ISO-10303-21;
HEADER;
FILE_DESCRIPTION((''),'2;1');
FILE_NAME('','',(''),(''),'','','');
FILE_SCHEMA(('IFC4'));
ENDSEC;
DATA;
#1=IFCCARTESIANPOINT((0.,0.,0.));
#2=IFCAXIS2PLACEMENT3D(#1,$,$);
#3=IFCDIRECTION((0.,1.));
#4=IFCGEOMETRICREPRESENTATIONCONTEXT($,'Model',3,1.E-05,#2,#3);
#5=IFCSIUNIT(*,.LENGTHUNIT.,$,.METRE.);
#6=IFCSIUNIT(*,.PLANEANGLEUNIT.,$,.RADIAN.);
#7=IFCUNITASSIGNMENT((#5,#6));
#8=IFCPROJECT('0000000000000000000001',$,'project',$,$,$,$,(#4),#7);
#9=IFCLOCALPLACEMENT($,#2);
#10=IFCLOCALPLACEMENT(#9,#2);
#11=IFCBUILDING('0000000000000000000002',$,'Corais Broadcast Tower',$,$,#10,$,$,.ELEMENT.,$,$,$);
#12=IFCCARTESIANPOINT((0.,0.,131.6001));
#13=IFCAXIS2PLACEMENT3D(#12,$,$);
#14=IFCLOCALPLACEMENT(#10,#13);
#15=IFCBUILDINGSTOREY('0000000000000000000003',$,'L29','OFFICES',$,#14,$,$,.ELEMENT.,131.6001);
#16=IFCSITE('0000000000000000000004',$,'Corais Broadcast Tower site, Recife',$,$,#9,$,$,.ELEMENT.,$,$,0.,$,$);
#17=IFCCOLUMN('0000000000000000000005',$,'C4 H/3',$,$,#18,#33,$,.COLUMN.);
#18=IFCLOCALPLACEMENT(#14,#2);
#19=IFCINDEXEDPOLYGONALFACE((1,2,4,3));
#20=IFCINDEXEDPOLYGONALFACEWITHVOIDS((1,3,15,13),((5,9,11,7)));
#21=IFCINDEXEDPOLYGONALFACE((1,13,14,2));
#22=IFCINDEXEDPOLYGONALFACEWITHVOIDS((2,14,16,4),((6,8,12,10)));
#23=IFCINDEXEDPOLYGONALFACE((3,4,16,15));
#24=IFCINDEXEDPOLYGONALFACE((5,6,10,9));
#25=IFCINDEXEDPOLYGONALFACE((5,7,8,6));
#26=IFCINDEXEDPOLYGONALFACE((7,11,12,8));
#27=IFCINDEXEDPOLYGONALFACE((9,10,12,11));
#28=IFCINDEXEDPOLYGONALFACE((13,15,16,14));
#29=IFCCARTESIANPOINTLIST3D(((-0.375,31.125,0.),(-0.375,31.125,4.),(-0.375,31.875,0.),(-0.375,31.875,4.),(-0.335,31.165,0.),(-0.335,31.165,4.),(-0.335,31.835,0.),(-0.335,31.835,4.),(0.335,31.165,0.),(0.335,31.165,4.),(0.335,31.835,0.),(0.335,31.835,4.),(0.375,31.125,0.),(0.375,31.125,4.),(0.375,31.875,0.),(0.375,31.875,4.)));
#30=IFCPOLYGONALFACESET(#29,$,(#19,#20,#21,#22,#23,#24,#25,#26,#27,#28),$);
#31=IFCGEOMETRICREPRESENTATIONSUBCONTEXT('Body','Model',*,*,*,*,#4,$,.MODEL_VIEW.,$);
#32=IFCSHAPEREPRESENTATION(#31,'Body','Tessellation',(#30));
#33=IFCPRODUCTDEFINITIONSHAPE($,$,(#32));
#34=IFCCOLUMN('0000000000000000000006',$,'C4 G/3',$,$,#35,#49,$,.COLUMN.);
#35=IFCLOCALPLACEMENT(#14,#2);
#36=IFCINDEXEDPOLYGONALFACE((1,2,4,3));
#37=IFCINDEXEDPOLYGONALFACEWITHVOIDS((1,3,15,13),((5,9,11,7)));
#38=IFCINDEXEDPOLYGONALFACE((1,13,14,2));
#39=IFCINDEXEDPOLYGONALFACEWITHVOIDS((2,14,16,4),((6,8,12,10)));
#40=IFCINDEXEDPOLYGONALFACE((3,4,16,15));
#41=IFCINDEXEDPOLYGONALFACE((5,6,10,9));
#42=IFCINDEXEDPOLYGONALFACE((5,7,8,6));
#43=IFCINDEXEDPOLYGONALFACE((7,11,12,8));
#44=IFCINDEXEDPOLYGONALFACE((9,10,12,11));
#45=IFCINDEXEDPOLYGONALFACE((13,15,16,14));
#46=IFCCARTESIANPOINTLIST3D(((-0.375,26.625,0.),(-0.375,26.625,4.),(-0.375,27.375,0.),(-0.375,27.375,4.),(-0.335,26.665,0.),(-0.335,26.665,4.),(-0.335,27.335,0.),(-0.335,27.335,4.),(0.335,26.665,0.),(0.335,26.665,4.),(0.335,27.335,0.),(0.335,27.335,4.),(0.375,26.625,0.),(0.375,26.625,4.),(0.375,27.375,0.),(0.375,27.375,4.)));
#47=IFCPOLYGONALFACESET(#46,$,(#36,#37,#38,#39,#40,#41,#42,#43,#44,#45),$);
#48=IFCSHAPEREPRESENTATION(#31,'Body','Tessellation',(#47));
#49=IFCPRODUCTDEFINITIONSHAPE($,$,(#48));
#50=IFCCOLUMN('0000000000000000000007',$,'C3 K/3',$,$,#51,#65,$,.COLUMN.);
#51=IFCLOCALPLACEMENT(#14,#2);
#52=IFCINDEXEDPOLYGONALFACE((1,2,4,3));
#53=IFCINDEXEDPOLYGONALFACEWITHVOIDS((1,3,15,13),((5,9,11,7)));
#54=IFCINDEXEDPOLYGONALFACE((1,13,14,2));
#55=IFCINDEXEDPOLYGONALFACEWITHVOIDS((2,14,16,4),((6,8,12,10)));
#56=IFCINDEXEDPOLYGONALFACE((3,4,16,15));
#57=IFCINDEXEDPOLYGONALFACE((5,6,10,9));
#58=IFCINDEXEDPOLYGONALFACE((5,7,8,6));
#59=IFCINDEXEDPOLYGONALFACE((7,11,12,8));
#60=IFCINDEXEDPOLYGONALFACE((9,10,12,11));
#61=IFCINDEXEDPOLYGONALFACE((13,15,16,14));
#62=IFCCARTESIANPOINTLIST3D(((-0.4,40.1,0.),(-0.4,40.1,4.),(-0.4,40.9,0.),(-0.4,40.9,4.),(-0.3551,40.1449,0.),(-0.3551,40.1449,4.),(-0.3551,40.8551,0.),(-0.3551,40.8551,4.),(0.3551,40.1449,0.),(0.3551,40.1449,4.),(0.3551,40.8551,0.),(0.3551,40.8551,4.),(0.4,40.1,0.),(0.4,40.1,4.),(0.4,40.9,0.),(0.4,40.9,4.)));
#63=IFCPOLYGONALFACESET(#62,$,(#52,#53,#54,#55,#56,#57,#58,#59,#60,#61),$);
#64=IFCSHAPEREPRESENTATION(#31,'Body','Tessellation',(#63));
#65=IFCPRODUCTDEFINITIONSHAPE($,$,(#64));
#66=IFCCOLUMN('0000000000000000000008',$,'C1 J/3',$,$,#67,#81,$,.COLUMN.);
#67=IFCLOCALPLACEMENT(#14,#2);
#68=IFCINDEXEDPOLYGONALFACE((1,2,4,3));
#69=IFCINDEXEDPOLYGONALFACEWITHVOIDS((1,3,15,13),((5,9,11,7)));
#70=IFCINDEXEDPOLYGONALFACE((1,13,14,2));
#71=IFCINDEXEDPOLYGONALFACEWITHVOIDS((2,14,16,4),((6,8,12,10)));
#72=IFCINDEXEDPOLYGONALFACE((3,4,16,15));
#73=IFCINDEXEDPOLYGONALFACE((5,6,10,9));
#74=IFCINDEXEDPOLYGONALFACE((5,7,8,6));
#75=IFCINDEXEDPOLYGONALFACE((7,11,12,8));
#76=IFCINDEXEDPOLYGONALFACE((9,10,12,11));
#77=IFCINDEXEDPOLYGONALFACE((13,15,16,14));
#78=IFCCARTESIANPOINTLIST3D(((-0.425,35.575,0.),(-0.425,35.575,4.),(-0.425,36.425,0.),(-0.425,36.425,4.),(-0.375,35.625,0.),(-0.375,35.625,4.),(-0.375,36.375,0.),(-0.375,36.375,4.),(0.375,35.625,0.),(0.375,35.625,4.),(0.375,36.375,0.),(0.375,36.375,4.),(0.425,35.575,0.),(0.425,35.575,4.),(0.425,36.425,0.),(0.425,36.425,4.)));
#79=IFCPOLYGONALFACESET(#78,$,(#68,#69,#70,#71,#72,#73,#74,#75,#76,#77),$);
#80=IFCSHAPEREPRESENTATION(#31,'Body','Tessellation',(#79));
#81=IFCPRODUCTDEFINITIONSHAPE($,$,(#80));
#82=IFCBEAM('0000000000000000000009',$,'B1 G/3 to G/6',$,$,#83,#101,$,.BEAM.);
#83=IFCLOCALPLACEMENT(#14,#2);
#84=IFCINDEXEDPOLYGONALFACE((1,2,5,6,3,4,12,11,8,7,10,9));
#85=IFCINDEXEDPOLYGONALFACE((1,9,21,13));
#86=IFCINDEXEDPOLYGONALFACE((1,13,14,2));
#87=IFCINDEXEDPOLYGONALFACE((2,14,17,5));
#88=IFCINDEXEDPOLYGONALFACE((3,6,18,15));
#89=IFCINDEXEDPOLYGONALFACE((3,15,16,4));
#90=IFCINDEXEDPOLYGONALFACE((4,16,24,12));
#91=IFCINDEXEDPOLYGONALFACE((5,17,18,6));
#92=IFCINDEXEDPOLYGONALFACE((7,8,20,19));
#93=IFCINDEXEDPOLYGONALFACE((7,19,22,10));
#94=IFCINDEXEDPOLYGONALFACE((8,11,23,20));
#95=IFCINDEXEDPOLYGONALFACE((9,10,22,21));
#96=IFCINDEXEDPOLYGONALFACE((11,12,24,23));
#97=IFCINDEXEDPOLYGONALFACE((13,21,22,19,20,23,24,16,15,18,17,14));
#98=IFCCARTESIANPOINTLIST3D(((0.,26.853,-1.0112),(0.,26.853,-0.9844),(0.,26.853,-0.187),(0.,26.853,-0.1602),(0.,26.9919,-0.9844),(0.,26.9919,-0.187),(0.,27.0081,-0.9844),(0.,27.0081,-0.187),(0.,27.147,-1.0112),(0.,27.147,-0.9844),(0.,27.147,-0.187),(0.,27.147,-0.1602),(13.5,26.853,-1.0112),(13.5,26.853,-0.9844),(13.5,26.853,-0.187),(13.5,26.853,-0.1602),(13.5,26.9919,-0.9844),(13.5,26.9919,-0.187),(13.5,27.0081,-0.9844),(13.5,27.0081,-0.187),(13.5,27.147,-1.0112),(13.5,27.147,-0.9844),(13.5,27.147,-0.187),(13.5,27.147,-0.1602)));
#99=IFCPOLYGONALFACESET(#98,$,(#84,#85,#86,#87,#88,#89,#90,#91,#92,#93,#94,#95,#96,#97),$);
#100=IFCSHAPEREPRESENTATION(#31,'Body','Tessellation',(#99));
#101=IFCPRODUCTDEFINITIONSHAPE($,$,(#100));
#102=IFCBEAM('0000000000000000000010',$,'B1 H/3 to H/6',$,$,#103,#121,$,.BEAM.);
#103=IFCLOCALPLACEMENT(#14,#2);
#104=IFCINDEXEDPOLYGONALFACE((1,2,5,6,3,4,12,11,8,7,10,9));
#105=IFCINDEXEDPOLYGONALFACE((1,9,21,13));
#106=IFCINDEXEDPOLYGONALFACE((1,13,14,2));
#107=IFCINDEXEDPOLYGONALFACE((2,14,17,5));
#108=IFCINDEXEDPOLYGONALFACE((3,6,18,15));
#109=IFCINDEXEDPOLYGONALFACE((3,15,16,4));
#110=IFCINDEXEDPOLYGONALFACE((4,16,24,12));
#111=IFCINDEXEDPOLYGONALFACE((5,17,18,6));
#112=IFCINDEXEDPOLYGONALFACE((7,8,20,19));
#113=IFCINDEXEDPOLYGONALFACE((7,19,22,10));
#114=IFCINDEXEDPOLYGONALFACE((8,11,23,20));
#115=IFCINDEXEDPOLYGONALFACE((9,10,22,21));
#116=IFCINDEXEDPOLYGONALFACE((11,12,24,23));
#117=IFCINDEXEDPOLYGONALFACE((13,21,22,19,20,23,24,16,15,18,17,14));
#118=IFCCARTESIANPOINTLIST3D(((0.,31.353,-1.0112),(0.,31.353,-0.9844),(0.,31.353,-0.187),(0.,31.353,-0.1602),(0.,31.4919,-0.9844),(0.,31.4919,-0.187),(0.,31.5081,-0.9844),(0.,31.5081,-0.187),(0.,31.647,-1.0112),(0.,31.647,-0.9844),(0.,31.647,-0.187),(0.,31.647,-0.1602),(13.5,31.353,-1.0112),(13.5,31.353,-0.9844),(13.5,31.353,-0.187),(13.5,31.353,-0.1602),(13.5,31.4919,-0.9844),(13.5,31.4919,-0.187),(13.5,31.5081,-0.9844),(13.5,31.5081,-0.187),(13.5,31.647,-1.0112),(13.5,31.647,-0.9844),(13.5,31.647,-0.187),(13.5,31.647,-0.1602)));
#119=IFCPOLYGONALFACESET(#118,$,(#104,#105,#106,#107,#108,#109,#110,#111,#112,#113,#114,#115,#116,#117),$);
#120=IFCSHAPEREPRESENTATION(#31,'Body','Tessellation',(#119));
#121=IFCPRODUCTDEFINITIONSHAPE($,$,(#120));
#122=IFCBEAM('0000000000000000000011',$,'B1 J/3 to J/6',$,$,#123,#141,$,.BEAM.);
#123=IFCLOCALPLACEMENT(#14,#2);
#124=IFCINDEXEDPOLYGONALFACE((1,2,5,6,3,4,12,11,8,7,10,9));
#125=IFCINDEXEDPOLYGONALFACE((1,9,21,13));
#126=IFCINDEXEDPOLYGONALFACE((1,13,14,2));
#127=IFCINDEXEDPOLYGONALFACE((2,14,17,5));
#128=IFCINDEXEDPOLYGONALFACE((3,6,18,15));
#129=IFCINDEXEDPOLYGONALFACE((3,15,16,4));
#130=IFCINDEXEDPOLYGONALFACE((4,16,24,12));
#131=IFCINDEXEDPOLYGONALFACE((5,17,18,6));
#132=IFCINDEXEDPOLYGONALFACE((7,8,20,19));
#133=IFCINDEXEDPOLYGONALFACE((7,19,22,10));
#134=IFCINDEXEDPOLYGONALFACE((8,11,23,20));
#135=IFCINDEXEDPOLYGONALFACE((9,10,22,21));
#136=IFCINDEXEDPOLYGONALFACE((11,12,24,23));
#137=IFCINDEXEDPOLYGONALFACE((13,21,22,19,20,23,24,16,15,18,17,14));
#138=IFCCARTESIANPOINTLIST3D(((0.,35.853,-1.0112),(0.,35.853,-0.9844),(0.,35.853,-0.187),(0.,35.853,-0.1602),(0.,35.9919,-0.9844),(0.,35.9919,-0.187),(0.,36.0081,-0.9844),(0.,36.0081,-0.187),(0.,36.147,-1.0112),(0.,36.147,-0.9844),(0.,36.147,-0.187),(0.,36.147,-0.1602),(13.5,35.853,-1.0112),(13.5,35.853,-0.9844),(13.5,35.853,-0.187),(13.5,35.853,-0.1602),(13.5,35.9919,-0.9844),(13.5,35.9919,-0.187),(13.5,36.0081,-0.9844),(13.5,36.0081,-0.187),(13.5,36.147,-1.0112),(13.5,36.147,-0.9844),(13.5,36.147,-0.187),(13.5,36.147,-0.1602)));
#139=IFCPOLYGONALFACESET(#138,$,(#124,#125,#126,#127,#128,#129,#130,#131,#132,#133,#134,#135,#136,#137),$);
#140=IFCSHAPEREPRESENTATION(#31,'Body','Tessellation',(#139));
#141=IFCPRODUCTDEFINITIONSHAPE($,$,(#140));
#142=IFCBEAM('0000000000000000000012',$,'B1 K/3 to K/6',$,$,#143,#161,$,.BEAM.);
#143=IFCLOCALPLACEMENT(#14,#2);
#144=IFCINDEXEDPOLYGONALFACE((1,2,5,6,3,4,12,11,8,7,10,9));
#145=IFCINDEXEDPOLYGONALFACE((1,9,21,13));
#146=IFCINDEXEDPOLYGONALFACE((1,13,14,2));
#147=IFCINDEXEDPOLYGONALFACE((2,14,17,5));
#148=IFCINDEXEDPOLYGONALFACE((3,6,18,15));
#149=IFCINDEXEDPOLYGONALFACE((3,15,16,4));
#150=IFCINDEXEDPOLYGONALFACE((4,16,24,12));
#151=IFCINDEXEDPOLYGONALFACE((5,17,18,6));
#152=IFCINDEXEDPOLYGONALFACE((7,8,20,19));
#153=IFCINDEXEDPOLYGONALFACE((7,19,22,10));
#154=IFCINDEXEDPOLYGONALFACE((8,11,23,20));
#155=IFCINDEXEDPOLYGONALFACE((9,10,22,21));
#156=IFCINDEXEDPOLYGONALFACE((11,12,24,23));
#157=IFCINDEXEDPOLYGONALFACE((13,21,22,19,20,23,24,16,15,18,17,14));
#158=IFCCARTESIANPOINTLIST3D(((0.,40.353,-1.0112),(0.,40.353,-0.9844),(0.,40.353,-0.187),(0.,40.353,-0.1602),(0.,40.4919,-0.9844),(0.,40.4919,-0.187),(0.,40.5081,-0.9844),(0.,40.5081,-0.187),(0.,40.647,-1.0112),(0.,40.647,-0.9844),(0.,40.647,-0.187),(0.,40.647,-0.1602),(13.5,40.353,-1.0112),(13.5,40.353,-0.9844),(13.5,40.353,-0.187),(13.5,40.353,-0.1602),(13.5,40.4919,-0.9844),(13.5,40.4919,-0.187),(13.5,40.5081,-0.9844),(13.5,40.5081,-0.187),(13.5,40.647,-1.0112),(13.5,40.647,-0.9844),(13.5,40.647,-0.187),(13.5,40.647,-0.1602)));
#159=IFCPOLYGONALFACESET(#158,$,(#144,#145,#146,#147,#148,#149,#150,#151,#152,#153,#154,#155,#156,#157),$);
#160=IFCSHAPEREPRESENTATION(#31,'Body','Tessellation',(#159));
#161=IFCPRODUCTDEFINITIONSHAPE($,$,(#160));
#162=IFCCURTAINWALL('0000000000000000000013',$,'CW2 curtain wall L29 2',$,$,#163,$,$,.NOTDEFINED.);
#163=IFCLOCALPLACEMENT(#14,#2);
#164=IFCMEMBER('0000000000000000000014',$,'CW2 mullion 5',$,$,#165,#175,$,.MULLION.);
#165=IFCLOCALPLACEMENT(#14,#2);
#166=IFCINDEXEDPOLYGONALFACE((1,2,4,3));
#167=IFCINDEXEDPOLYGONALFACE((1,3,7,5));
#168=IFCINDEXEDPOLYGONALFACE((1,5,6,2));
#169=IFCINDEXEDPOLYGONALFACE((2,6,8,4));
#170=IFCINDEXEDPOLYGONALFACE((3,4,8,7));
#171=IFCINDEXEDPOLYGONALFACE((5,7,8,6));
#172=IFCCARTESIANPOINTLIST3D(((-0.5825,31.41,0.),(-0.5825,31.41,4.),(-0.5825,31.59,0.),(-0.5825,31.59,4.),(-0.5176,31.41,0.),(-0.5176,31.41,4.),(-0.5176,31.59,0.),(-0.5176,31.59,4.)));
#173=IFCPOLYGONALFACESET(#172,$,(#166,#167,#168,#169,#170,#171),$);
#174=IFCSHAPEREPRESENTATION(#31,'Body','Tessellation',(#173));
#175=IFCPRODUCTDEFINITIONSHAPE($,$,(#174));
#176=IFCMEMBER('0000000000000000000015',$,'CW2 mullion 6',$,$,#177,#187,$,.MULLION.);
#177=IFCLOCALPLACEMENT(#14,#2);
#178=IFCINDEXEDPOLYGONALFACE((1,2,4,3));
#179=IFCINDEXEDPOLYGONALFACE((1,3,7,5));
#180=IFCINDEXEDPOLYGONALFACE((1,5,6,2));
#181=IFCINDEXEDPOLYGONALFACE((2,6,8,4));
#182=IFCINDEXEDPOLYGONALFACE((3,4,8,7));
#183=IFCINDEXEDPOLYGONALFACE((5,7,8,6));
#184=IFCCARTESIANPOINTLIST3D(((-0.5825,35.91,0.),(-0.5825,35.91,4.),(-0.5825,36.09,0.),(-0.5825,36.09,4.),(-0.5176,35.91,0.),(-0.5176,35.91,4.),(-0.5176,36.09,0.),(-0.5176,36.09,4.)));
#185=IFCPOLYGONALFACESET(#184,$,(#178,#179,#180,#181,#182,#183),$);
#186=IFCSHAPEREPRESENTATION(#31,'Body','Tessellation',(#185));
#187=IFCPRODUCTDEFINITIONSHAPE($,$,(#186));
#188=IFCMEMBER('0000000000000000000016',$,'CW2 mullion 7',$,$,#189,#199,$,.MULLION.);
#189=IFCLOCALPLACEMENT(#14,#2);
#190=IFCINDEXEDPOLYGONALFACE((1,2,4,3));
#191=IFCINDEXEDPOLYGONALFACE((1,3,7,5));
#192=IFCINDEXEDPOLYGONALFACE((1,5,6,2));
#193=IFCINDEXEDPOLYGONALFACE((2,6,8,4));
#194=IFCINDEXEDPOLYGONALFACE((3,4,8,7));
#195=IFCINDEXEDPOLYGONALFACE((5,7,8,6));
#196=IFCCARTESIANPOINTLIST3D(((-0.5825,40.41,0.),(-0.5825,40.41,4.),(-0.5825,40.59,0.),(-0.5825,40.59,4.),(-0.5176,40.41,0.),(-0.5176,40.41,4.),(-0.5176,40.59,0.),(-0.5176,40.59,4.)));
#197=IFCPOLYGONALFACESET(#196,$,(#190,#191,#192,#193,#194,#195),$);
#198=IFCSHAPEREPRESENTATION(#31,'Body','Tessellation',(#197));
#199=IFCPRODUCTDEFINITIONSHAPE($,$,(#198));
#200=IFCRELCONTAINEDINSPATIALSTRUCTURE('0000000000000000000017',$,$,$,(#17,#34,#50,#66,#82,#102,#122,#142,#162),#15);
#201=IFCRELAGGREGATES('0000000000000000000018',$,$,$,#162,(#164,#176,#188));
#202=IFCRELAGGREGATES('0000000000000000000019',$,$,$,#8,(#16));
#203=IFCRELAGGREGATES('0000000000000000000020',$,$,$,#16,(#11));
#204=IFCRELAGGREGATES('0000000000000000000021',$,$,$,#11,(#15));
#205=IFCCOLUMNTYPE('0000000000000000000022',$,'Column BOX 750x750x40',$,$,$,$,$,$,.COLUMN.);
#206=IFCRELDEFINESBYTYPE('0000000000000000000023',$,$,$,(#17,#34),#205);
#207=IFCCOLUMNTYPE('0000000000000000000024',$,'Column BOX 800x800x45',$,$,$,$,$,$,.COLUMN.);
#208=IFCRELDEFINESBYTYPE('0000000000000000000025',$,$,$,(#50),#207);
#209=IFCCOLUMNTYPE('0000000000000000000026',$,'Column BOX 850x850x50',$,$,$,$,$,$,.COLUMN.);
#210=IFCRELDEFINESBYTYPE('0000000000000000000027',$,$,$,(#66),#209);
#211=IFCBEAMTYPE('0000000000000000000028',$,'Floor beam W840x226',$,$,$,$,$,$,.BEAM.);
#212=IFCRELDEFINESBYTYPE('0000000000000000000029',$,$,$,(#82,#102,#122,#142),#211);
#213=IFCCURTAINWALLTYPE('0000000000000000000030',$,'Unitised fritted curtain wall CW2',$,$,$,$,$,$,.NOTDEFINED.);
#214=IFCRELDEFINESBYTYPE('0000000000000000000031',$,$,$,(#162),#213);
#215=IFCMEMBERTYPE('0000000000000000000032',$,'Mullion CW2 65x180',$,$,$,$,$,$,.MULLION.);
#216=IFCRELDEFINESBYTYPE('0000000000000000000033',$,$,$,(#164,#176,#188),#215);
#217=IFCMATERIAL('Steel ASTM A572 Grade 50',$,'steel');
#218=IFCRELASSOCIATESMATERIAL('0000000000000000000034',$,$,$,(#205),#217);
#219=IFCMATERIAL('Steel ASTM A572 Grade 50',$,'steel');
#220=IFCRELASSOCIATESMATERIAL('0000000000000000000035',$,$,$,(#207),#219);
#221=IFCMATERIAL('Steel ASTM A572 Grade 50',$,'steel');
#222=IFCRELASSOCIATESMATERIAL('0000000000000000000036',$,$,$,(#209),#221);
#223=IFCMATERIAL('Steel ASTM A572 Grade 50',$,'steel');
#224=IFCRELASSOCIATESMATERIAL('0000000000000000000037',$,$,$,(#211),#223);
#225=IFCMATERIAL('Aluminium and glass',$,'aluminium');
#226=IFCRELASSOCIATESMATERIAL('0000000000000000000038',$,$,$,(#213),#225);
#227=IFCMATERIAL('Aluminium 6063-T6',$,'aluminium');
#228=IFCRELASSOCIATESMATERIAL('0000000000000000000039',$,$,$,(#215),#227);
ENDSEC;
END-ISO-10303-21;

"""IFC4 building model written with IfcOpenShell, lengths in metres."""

from ifc_helpers import new_model, si_unit, direction, frame, origin, origin_2d, place, context, subcontext, project, spatial, rectangle, hollow_rectangle, i_section, extrude, material, material_profile, profile_set, type_object, element, aggregate, save


model = new_model("IFC4")

# Units and contexts
model_context = context("Model", 3, precision=1e-05, world=origin(), true_north=direction((0.0, 1.0)))
body_context = subcontext(model_context, "Body", "Model", "MODEL_VIEW")
ifc_project = project(units=[si_unit("LENGTHUNIT", "METRE"), si_unit("PLANEANGLEUNIT", "RADIAN")], contexts=[model_context])

# Site, building, storey
site_placement = place(None, origin())
site = spatial("IfcSite", under=ifc_project, at=site_placement, Name="Corais Broadcast Tower site, Recife", CompositionType="ELEMENT", RefElevation=0.0)
building_placement = place(site_placement, origin())
building = spatial("IfcBuilding", under=site, at=building_placement, Name="Corais Broadcast Tower", CompositionType="ELEMENT")
storey_placement = place(building_placement, frame((0.0, 0.0, 131.6001)))
storey = spatial("IfcBuildingStorey", under=building, at=storey_placement, Name="L29", Description="OFFICES", CompositionType="ELEMENT", Elevation=131.6001)

# Columns
ifc_material_1 = material(Name="Steel ASTM A572 Grade 50", Category="steel")
ifc_material_profile_1 = material_profile(ifc_material_1, hollow_rectangle(XDim=0.75, YDim=0.75, WallThickness=0.04, at=origin_2d()), Name="BOX 750x750x40")
ifc_profile_set_1 = profile_set([ifc_material_profile_1], Name="Steel ASTM A572 Grade 50")
column_type_1 = type_object("IfcColumnType", Name="Column BOX 750x750x40", PredefinedType="COLUMN", material=ifc_profile_set_1)
for number, where, z_axis, x_axis, name in (
    (1, (0.0, 31.5, 0.0), (0.0, 0.0, 1.0), (1.0, 0.0, 0.0), "C4 H/3"),
    (2, (0.0, 27.0, 0.0), (0.0, 0.0, 1.0), (1.0, 0.0, 0.0), "C4 G/3"),
):
    element("IfcColumn", number, at=place(storey_placement, frame(where, z_axis=z_axis, x_axis=x_axis)), inside=storey, type_object=column_type_1, Name=name, PredefinedType="COLUMN", context=body_context, shape_type="SweptSolid", body=[
        extrude(hollow_rectangle(XDim=0.75, YDim=0.75, WallThickness=0.04, at=origin_2d()), origin(), (0.0, 0.0, 1.0), 4.0),
    ])
ifc_material_2 = material(Name="Steel ASTM A572 Grade 50", Category="steel")
ifc_material_profile_2 = material_profile(ifc_material_2, hollow_rectangle(XDim=0.8, YDim=0.8, WallThickness=0.0449, at=origin_2d()), Name="BOX 800x800x45")
ifc_profile_set_2 = profile_set([ifc_material_profile_2], Name="Steel ASTM A572 Grade 50")
column_type_2 = type_object("IfcColumnType", Name="Column BOX 800x800x45", PredefinedType="COLUMN", material=ifc_profile_set_2)
column_1_placement = place(storey_placement, frame((0.0, 40.5, 0.0), z_axis=(0.0, 0.0, 1.0), x_axis=(1.0, 0.0, 0.0)))
element("IfcColumn", 3, at=column_1_placement, inside=storey, type_object=column_type_2, Name="C3 K/3", PredefinedType="COLUMN", context=body_context, shape_type="SweptSolid", body=[
    extrude(hollow_rectangle(XDim=0.8, YDim=0.8, WallThickness=0.0449, at=origin_2d()), origin(), (0.0, 0.0, 1.0), 4.0),
])
ifc_material_3 = material(Name="Steel ASTM A572 Grade 50", Category="steel")
ifc_material_profile_3 = material_profile(ifc_material_3, hollow_rectangle(XDim=0.8501, YDim=0.8501, WallThickness=0.05, at=origin_2d()), Name="BOX 850x850x50")
ifc_profile_set_3 = profile_set([ifc_material_profile_3], Name="Steel ASTM A572 Grade 50")
column_type_3 = type_object("IfcColumnType", Name="Column BOX 850x850x50", PredefinedType="COLUMN", material=ifc_profile_set_3)
column_2_placement = place(storey_placement, frame((0.0, 36.0, 0.0), z_axis=(0.0, 0.0, 1.0), x_axis=(1.0, 0.0, 0.0)))
element("IfcColumn", 4, at=column_2_placement, inside=storey, type_object=column_type_3, Name="C1 J/3", PredefinedType="COLUMN", context=body_context, shape_type="SweptSolid", body=[
    extrude(hollow_rectangle(XDim=0.8501, YDim=0.8501, WallThickness=0.05, at=origin_2d()), origin(), (0.0, 0.0, 1.0), 4.0),
])

# Beams
ifc_material_4 = material(Name="Steel ASTM A572 Grade 50", Category="steel")
ifc_material_profile_4 = material_profile(ifc_material_4, i_section(OverallWidth=0.2939, OverallDepth=0.8511, WebThickness=0.0161, FlangeThickness=0.0269, at=origin_2d()), Name="W840x226")
ifc_profile_set_4 = profile_set([ifc_material_profile_4], Name="Steel ASTM A572 Grade 50")
beam_type_1 = type_object("IfcBeamType", Name="Floor beam W840x226", PredefinedType="BEAM", material=ifc_profile_set_4)
for number, where, z_axis, x_axis, name in (
    (5, (0.0, 27.0, -0.5857), (1.0, 0.0, 0.0), (0.0, 1.0, 0.0), "B1 G/3 to G/6"),
    (6, (0.0, 31.5, -0.5857), (1.0, 0.0, 0.0), (0.0, 1.0, 0.0), "B1 H/3 to H/6"),
    (7, (0.0, 36.0, -0.5857), (1.0, 0.0, 0.0), (0.0, 1.0, 0.0), "B1 J/3 to J/6"),
    (8, (0.0, 40.5, -0.5857), (1.0, 0.0, 0.0), (0.0, 1.0, 0.0), "B1 K/3 to K/6"),
):
    element("IfcBeam", number, at=place(storey_placement, frame(where, z_axis=z_axis, x_axis=x_axis)), inside=storey, type_object=beam_type_1, Name=name, PredefinedType="BEAM", context=body_context, shape_type="SweptSolid", body=[
        extrude(i_section(OverallWidth=0.2939, OverallDepth=0.8511, WebThickness=0.0161, FlangeThickness=0.0269, at=origin_2d()), origin(), (0.0, 0.0, 1.0), 13.5),
    ])

# Curtain wall, members
ifc_material_5 = material(Name="Aluminium and glass", Category="aluminium")
curtain_wall_type = type_object("IfcCurtainWallType", Name="Unitised fritted curtain wall CW2", PredefinedType="NOTDEFINED", material=ifc_material_5)
curtain_wall_placement = place(storey_placement, origin())
curtain_wall = element("IfcCurtainWall", 9, at=curtain_wall_placement, inside=storey, type_object=curtain_wall_type, Name="CW2 curtain wall L29 2", PredefinedType="NOTDEFINED")
ifc_material_6 = material(Name="Aluminium 6063-T6", Category="aluminium")
ifc_material_profile_5 = material_profile(ifc_material_6, rectangle(XDim=0.0649, YDim=0.1799, at=origin_2d()), Name="Mullion CW2 65x180")
ifc_profile_set_5 = profile_set([ifc_material_profile_5], Name="Aluminium 6063-T6")
member_type_1 = type_object("IfcMemberType", Name="Mullion CW2 65x180", PredefinedType="MULLION", material=ifc_profile_set_5)
member_1_placement = place(storey_placement, frame((-0.55, 31.5, 0.0), z_axis=(0.0, 0.0, 1.0), x_axis=(-1.0, 0.0, 0.0)))
member_1 = element("IfcMember", 10, at=member_1_placement, type_object=member_type_1, Name="CW2 mullion 5", PredefinedType="MULLION", context=body_context, shape_type="SweptSolid", body=[
    extrude(rectangle(XDim=0.0649, YDim=0.1799, at=origin_2d()), origin(), (0.0, 0.0, 1.0), 4.0),
])
member_2_placement = place(storey_placement, frame((-0.55, 36.0, 0.0), z_axis=(0.0, 0.0, 1.0), x_axis=(-1.0, 0.0, 0.0)))
member_2 = element("IfcMember", 11, at=member_2_placement, type_object=member_type_1, Name="CW2 mullion 6", PredefinedType="MULLION", context=body_context, shape_type="SweptSolid", body=[
    extrude(rectangle(XDim=0.0649, YDim=0.1799, at=origin_2d()), origin(), (0.0, 0.0, 1.0), 4.0),
])
member_3_placement = place(storey_placement, frame((-0.55, 40.5, 0.0), z_axis=(0.0, 0.0, 1.0), x_axis=(-1.0, 0.0, 0.0)))
member_3 = element("IfcMember", 12, at=member_3_placement, type_object=member_type_1, Name="CW2 mullion 7", PredefinedType="MULLION", context=body_context, shape_type="SweptSolid", body=[
    extrude(rectangle(XDim=0.0649, YDim=0.1799, at=origin_2d()), origin(), (0.0, 0.0, 1.0), 4.0),
])

aggregate(curtain_wall, [member_1, member_2, member_3])

save(model, "model.ifc")
